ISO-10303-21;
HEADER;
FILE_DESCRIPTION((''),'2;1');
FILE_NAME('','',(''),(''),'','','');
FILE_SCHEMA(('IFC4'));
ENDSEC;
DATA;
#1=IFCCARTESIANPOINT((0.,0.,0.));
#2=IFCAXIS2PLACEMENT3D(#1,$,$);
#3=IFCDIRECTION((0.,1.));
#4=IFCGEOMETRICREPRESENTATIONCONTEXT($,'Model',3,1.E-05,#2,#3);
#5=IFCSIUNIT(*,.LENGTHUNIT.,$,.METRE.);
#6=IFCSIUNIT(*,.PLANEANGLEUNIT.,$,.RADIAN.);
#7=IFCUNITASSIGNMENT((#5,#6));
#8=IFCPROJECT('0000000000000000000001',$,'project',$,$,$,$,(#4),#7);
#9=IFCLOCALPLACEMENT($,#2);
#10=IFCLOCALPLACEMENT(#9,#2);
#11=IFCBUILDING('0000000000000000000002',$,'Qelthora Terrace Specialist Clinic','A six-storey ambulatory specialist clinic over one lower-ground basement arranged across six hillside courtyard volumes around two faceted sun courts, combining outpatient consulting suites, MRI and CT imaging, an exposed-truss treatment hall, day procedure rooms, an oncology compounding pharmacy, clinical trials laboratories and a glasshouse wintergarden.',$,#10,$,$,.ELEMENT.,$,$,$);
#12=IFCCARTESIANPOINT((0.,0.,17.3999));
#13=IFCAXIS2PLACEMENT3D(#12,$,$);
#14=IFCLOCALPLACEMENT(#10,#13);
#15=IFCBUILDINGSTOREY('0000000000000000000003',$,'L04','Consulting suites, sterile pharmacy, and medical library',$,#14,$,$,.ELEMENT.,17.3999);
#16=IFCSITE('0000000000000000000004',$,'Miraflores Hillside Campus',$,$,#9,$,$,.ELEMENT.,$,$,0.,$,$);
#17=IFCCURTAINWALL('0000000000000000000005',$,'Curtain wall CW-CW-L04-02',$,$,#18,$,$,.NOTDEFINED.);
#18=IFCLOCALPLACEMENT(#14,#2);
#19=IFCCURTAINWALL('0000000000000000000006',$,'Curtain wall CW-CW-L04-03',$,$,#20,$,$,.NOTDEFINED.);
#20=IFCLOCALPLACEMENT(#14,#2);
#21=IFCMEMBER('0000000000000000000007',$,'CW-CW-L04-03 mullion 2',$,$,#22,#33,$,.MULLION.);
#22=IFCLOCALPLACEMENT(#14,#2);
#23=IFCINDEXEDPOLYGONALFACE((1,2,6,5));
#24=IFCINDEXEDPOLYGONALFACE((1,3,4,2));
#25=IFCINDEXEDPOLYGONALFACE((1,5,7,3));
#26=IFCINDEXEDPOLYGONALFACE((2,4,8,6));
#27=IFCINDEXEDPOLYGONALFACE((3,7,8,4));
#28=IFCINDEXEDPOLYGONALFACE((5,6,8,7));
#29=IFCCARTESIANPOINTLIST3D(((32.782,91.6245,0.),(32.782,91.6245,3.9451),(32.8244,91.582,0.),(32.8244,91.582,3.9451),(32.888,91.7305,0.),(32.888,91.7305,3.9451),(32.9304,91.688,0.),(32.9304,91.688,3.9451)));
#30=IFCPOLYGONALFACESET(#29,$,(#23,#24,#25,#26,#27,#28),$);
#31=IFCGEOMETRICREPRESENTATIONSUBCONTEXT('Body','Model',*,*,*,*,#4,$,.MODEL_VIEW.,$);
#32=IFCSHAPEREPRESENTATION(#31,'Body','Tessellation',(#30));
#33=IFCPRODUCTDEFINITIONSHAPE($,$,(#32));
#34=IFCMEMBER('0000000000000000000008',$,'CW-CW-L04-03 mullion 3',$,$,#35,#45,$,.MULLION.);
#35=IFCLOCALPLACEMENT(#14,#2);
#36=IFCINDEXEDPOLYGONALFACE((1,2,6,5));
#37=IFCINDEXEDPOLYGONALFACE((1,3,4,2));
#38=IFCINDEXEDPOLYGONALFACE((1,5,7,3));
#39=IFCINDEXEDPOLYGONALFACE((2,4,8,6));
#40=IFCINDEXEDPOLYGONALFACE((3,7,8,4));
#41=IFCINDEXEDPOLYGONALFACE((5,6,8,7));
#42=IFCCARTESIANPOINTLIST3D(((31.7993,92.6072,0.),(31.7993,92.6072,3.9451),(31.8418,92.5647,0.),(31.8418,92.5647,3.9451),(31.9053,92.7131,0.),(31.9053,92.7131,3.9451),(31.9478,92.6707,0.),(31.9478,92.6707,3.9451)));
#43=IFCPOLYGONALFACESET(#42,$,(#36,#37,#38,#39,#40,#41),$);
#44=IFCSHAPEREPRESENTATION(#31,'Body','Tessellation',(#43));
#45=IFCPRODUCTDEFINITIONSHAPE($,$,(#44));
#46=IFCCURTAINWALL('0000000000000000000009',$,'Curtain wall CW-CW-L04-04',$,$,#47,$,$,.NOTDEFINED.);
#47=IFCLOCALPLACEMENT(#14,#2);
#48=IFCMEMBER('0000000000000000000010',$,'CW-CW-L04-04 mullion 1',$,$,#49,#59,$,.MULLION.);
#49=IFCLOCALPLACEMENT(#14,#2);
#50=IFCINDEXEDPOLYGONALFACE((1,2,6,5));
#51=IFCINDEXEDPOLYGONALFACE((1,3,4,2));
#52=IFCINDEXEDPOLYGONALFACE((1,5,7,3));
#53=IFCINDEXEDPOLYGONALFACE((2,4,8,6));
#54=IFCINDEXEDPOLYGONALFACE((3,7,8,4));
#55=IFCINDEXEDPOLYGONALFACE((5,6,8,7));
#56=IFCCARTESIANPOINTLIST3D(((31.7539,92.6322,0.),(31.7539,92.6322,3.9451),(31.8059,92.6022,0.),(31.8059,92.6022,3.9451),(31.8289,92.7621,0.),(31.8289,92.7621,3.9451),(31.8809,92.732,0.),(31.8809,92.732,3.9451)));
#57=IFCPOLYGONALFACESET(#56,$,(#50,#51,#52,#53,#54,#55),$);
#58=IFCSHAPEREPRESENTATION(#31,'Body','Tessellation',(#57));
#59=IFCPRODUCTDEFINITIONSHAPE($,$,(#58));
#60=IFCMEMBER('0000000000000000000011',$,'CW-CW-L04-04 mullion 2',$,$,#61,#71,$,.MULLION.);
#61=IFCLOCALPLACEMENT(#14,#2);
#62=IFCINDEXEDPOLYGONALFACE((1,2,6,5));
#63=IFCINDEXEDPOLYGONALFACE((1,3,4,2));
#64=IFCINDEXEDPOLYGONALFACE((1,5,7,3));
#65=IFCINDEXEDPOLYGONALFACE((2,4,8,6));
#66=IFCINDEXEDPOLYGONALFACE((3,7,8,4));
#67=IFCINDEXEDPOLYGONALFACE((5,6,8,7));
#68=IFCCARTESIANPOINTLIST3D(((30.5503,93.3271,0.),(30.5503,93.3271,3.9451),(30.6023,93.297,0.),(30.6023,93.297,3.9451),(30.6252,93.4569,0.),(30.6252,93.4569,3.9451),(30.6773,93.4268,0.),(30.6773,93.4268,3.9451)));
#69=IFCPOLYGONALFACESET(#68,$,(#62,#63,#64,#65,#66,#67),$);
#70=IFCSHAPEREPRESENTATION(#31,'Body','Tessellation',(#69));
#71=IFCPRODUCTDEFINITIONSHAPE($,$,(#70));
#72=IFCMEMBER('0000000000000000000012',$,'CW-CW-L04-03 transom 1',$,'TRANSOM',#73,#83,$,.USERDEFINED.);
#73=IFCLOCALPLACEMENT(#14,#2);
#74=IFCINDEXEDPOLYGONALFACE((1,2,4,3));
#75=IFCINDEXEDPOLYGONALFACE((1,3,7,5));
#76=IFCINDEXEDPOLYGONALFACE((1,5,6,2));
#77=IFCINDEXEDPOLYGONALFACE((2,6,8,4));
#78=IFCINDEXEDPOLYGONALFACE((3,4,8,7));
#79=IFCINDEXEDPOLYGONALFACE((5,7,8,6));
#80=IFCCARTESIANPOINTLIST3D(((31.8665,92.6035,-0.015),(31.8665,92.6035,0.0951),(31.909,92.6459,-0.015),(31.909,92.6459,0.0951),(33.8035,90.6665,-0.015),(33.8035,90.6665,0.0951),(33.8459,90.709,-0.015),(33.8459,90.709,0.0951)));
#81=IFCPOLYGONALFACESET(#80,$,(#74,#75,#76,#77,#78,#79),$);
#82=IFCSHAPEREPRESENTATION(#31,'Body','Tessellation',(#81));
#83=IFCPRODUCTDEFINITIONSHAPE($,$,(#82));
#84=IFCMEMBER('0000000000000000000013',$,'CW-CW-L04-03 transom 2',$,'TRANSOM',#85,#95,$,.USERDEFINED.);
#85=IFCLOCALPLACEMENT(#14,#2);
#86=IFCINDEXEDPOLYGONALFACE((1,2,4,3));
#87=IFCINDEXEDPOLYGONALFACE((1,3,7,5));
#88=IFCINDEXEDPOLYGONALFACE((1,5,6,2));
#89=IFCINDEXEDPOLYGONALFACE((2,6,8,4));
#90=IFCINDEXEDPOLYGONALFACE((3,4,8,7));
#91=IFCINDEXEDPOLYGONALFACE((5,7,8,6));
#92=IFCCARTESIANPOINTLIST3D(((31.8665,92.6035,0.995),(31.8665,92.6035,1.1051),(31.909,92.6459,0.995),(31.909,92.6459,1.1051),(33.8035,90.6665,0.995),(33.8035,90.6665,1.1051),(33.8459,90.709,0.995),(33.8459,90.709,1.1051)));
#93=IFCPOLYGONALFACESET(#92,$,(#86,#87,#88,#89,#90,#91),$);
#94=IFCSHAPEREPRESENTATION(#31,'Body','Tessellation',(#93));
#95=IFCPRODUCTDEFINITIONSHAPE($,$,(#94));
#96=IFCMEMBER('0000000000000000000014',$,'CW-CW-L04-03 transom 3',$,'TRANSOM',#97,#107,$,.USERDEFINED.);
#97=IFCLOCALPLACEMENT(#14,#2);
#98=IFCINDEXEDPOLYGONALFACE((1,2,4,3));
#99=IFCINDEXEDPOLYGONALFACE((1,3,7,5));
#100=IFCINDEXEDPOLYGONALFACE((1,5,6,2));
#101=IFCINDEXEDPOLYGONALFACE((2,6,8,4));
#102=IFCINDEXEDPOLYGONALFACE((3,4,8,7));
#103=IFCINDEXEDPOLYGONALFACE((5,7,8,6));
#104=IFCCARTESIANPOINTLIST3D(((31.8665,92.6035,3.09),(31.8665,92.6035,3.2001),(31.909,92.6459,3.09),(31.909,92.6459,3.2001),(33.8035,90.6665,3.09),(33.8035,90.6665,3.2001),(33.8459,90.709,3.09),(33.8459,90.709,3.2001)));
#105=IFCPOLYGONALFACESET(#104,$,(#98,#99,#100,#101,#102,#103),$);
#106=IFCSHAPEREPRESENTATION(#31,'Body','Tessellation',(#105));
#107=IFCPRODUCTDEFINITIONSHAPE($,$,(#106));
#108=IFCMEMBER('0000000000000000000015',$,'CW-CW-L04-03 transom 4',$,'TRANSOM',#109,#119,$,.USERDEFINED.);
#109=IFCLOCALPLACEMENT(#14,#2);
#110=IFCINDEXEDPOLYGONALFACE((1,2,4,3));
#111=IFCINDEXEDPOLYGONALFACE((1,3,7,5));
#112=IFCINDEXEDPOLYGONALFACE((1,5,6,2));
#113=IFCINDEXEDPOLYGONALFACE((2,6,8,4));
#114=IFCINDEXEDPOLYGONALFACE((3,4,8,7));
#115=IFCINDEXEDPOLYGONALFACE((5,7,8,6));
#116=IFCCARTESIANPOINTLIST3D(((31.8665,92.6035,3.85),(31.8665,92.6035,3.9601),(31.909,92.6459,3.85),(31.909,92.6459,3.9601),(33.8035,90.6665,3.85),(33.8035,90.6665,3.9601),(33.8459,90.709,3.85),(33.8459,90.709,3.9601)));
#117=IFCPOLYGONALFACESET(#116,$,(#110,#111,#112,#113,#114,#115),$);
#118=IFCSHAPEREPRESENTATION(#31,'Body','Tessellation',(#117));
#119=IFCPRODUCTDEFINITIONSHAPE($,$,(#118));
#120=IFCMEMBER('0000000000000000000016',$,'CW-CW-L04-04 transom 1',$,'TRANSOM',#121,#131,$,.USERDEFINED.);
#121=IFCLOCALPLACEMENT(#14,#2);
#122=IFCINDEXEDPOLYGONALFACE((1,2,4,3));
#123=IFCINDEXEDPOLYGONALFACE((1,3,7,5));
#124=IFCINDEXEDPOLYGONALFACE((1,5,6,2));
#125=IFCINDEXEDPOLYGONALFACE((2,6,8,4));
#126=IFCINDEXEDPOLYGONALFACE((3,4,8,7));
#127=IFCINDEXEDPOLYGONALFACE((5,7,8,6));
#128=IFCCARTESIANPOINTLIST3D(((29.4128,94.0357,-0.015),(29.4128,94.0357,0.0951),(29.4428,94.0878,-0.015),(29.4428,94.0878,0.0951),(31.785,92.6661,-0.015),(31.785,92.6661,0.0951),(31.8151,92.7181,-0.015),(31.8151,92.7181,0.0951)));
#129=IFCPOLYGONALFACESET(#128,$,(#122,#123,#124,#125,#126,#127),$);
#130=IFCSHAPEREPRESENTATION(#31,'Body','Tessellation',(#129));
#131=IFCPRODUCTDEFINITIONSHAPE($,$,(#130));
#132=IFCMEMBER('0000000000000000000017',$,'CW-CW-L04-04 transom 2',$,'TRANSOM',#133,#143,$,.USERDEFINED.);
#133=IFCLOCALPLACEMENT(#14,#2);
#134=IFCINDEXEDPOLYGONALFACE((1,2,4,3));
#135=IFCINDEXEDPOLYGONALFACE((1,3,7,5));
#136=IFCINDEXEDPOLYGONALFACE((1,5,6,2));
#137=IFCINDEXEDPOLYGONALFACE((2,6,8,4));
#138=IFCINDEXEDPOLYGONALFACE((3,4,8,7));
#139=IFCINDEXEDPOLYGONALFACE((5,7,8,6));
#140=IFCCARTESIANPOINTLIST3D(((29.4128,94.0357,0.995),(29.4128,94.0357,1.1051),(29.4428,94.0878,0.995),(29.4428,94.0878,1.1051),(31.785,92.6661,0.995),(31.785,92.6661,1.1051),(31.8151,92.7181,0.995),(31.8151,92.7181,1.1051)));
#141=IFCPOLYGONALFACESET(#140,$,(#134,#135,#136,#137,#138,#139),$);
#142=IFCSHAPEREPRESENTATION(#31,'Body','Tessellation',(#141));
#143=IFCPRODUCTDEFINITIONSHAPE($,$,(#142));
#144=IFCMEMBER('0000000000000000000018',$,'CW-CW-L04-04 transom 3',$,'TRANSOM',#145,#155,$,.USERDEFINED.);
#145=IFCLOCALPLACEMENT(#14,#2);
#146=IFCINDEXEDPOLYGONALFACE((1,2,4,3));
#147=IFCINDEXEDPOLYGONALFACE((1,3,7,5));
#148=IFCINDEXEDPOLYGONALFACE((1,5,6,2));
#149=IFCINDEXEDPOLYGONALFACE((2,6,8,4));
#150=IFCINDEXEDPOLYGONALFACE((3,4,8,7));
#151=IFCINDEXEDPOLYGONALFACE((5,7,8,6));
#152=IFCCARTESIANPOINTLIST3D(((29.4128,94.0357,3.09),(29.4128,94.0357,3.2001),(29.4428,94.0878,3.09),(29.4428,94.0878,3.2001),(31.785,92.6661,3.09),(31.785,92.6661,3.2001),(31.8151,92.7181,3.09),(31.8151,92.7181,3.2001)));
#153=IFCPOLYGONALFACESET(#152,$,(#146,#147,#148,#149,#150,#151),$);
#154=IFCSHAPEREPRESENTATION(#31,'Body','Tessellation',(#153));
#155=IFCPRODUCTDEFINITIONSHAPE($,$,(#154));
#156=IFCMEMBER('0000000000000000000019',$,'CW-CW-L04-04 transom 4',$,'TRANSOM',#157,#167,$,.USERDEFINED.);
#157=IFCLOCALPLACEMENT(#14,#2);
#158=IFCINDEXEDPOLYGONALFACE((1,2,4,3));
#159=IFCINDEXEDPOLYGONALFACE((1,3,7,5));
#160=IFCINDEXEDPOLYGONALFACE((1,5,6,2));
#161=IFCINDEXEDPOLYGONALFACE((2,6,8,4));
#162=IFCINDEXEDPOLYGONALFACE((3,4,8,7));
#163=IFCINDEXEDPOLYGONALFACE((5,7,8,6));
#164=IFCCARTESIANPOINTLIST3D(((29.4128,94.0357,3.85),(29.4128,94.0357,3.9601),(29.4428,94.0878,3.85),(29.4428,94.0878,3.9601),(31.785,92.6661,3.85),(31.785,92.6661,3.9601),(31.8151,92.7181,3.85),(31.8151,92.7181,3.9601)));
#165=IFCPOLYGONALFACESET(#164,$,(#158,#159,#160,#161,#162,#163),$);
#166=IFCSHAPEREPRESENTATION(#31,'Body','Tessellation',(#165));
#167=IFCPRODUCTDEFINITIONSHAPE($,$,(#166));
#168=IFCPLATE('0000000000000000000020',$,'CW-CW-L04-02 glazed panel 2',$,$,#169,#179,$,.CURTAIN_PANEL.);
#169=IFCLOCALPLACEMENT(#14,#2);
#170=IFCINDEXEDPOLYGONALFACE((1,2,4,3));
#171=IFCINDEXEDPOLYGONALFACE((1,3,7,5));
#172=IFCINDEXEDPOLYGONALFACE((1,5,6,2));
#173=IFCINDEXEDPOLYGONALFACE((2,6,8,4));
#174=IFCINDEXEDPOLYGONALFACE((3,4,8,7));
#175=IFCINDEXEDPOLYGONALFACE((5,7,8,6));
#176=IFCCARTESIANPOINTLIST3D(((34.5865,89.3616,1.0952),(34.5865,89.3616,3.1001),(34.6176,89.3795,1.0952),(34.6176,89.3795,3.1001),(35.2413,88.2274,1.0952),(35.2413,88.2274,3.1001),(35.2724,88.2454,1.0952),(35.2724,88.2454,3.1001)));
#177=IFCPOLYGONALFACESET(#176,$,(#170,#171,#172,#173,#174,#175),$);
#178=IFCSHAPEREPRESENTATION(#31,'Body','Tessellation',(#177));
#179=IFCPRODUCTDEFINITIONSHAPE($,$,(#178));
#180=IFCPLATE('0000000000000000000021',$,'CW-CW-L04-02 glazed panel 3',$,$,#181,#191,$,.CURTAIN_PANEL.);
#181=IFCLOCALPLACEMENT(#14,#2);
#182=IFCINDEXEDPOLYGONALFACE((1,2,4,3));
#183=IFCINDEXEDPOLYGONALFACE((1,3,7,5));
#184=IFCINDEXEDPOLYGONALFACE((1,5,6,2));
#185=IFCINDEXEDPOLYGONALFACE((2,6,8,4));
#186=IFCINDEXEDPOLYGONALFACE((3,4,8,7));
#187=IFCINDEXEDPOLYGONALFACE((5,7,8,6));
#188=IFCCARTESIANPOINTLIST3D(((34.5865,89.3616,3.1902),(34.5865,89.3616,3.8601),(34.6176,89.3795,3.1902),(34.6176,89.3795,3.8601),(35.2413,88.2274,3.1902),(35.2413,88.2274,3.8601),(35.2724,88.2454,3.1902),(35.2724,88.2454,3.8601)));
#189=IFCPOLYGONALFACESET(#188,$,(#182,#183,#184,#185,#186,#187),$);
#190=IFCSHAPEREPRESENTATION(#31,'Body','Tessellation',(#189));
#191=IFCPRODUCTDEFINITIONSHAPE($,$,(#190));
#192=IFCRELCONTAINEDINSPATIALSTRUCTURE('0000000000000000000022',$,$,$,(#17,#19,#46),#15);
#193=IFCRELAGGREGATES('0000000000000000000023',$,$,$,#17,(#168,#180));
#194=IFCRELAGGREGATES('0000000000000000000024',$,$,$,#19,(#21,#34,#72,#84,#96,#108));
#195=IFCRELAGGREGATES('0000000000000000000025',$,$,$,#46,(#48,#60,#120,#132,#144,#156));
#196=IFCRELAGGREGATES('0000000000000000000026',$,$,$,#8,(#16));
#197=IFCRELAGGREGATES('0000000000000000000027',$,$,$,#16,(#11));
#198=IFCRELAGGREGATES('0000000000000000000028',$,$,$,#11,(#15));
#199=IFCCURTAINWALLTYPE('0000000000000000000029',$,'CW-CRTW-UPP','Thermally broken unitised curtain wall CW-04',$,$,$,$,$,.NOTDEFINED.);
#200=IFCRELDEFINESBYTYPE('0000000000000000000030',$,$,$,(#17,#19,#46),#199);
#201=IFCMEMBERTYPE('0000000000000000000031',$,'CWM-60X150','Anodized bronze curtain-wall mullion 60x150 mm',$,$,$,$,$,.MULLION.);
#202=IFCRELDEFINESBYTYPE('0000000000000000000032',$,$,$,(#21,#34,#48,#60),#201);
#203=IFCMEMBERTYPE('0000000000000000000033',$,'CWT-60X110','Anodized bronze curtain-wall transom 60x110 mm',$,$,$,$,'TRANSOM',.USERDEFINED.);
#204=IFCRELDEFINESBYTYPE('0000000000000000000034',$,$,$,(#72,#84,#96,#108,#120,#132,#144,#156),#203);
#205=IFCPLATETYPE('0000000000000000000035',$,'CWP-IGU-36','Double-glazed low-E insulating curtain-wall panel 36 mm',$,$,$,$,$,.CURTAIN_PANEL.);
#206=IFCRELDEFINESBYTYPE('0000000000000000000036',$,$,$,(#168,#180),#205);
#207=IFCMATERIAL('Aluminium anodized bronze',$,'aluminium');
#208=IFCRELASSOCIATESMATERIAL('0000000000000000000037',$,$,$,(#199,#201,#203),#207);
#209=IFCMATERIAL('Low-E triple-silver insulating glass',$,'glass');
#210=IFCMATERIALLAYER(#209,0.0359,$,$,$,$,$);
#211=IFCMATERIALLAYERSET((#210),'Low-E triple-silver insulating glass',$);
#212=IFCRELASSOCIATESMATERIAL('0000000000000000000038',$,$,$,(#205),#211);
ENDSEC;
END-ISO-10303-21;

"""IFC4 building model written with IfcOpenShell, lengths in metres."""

from ifc_helpers import new_model, si_unit, direction, frame, origin, origin_2d, place, context, subcontext, project, spatial, rectangle, extrude, material, layer, layer_set, material_profile, profile_set, type_object, element, aggregate, save


model = new_model("IFC4")

# Units and contexts
model_context = context("Model", 3, precision=1e-05, world=origin(), true_north=direction((0.0, 1.0)))
body_context = subcontext(model_context, "Body", "Model", "MODEL_VIEW")
ifc_project = project(units=[si_unit("LENGTHUNIT", "METRE"), si_unit("PLANEANGLEUNIT", "RADIAN")], contexts=[model_context])

# Site, building, storey
site_placement = place(None, origin())
site = spatial("IfcSite", under=ifc_project, at=site_placement, Name="Miraflores Hillside Campus", CompositionType="ELEMENT", RefElevation=0.0)
building_placement = place(site_placement, origin())
building = spatial("IfcBuilding", under=site, at=building_placement, Name="Qelthora Terrace Specialist Clinic", Description="A six-storey ambulatory specialist clinic over one lower-ground basement arranged across six hillside courtyard volumes around two faceted sun courts, combining outpatient consulting suites, MRI and CT imaging, an exposed-truss treatment hall, day procedure rooms, an oncology compounding pharmacy, clinical trials laboratories and a glasshouse wintergarden.", CompositionType="ELEMENT")
storey_placement = place(building_placement, frame((0.0, 0.0, 17.3999)))
storey = spatial("IfcBuildingStorey", under=building, at=storey_placement, Name="L04", Description="Consulting suites, sterile pharmacy, and medical library", CompositionType="ELEMENT", Elevation=17.3999)

# Curtain walls, members
ifc_material_1 = material(Name="Aluminium anodized bronze", Category="aluminium")
curtain_wall_type = type_object("IfcCurtainWallType", Name="CW-CRTW-UPP", Description="Thermally broken unitised curtain wall CW-04", PredefinedType="NOTDEFINED", material=ifc_material_1)
curtain_wall_1_placement = place(storey_placement, origin())
curtain_wall_1 = element("IfcCurtainWall", 1, at=curtain_wall_1_placement, inside=storey, type_object=curtain_wall_type, Name="Curtain wall CW-CW-L04-02", PredefinedType="NOTDEFINED")
ifc_material_profile_1 = material_profile(ifc_material_1, rectangle(XDim=0.0601, YDim=0.1499, at=origin_2d()), Name="CWM60X150")
ifc_profile_set_1 = profile_set([ifc_material_profile_1], Name="Aluminium anodized bronze")
member_type_1 = type_object("IfcMemberType", Name="CWM-60X150", Description="Anodized bronze curtain-wall mullion 60x150 mm", PredefinedType="MULLION", material=ifc_profile_set_1)
curtain_wall_2_placement = place(storey_placement, origin())
curtain_wall_2 = element("IfcCurtainWall", 2, at=curtain_wall_2_placement, inside=storey, type_object=curtain_wall_type, Name="Curtain wall CW-CW-L04-03", PredefinedType="NOTDEFINED")
member_1_placement = place(storey_placement, frame((32.8562, 91.6562, 0.0), z_axis=(0.0, 0.0, 1.0), x_axis=(-0.707107, 0.707107, 0.0)))
member_1 = element("IfcMember", 3, at=member_1_placement, type_object=member_type_1, Name="CW-CW-L04-03 mullion 2", PredefinedType="MULLION", context=body_context, shape_type="SweptSolid", body=[
    extrude(rectangle(XDim=0.0601, YDim=0.1499, at=origin_2d()), origin(), (0.0, 0.0, 1.0), 3.9451),
])
member_2_placement = place(storey_placement, frame((31.8735, 92.6389, 0.0), z_axis=(0.0, 0.0, 1.0), x_axis=(-0.707107, 0.707107, 0.0)))
member_2 = element("IfcMember", 4, at=member_2_placement, type_object=member_type_1, Name="CW-CW-L04-03 mullion 3", PredefinedType="MULLION", context=body_context, shape_type="SweptSolid", body=[
    extrude(rectangle(XDim=0.0601, YDim=0.1499, at=origin_2d()), origin(), (0.0, 0.0, 1.0), 3.9451),
])
curtain_wall_3_placement = place(storey_placement, origin())
curtain_wall_3 = element("IfcCurtainWall", 5, at=curtain_wall_3_placement, inside=storey, type_object=curtain_wall_type, Name="Curtain wall CW-CW-L04-04", PredefinedType="NOTDEFINED")
member_3_placement = place(storey_placement, frame((31.8174, 92.6821, 0.0), z_axis=(0.0, 0.0, 1.0), x_axis=(-0.866026, 0.5, 0.0)))
member_3 = element("IfcMember", 6, at=member_3_placement, type_object=member_type_1, Name="CW-CW-L04-04 mullion 1", PredefinedType="MULLION", context=body_context, shape_type="SweptSolid", body=[
    extrude(rectangle(XDim=0.0601, YDim=0.1499, at=origin_2d()), origin(), (0.0, 0.0, 1.0), 3.9451),
])
member_4_placement = place(storey_placement, frame((30.6138, 93.377, 0.0), z_axis=(0.0, 0.0, 1.0), x_axis=(-0.866026, 0.5, 0.0)))
member_4 = element("IfcMember", 7, at=member_4_placement, type_object=member_type_1, Name="CW-CW-L04-04 mullion 2", PredefinedType="MULLION", context=body_context, shape_type="SweptSolid", body=[
    extrude(rectangle(XDim=0.0601, YDim=0.1499, at=origin_2d()), origin(), (0.0, 0.0, 1.0), 3.9451),
])

# Members
ifc_material_profile_2 = material_profile(ifc_material_1, rectangle(XDim=0.0601, YDim=0.1101, at=origin_2d()), Name="CWT60X110")
ifc_profile_set_2 = profile_set([ifc_material_profile_2], Name="Aluminium anodized bronze")
member_type_2 = type_object("IfcMemberType", Name="CWT-60X110", Description="Anodized bronze curtain-wall transom 60x110 mm", ElementType="TRANSOM", PredefinedType="USERDEFINED", material=ifc_profile_set_2)
member_5_placement = place(storey_placement, frame((33.8247, 90.6877, 0.04), z_axis=(-0.707107, 0.707107, 0.0), x_axis=(-0.707107, -0.707107, 0.0)))
member_5 = element("IfcMember", 8, at=member_5_placement, type_object=member_type_2, Name="CW-CW-L04-03 transom 1", ObjectType="TRANSOM", PredefinedType="USERDEFINED", context=body_context, shape_type="SweptSolid", body=[
    extrude(rectangle(XDim=0.0601, YDim=0.1101, at=origin_2d()), origin(), (0.0, 0.0, 1.0), 2.7393),
])
member_6_placement = place(storey_placement, frame((33.8247, 90.6877, 1.05), z_axis=(-0.707107, 0.707107, 0.0), x_axis=(-0.707107, -0.707107, 0.0)))
member_6 = element("IfcMember", 9, at=member_6_placement, type_object=member_type_2, Name="CW-CW-L04-03 transom 2", ObjectType="TRANSOM", PredefinedType="USERDEFINED", context=body_context, shape_type="SweptSolid", body=[
    extrude(rectangle(XDim=0.0601, YDim=0.1101, at=origin_2d()), origin(), (0.0, 0.0, 1.0), 2.7393),
])
member_7_placement = place(storey_placement, frame((33.8247, 90.6877, 3.145), z_axis=(-0.707107, 0.707107, 0.0), x_axis=(-0.707107, -0.707107, 0.0)))
member_7 = element("IfcMember", 10, at=member_7_placement, type_object=member_type_2, Name="CW-CW-L04-03 transom 3", ObjectType="TRANSOM", PredefinedType="USERDEFINED", context=body_context, shape_type="SweptSolid", body=[
    extrude(rectangle(XDim=0.0601, YDim=0.1101, at=origin_2d()), origin(), (0.0, 0.0, 1.0), 2.7393),
])
member_8_placement = place(storey_placement, frame((33.8247, 90.6877, 3.905), z_axis=(-0.707107, 0.707107, 0.0), x_axis=(-0.707107, -0.707107, 0.0)))
member_8 = element("IfcMember", 11, at=member_8_placement, type_object=member_type_2, Name="CW-CW-L04-03 transom 4", ObjectType="TRANSOM", PredefinedType="USERDEFINED", context=body_context, shape_type="SweptSolid", body=[
    extrude(rectangle(XDim=0.0601, YDim=0.1101, at=origin_2d()), origin(), (0.0, 0.0, 1.0), 2.7393),
])
member_9_placement = place(storey_placement, frame((31.8, 92.6921, 0.04), z_axis=(-0.86603, 0.499992, 0.0), x_axis=(-0.499992, -0.86603, 0.0)))
member_9 = element("IfcMember", 12, at=member_9_placement, type_object=member_type_2, Name="CW-CW-L04-04 transom 1", ObjectType="TRANSOM", PredefinedType="USERDEFINED", context=body_context, shape_type="SweptSolid", body=[
    extrude(rectangle(XDim=0.0601, YDim=0.1101, at=origin_2d()), origin(), (0.0, 0.0, 1.0), 2.7393),
])
member_10_placement = place(storey_placement, frame((31.8, 92.6921, 1.05), z_axis=(-0.86603, 0.499992, 0.0), x_axis=(-0.499992, -0.86603, 0.0)))
member_10 = element("IfcMember", 13, at=member_10_placement, type_object=member_type_2, Name="CW-CW-L04-04 transom 2", ObjectType="TRANSOM", PredefinedType="USERDEFINED", context=body_context, shape_type="SweptSolid", body=[
    extrude(rectangle(XDim=0.0601, YDim=0.1101, at=origin_2d()), origin(), (0.0, 0.0, 1.0), 2.7393),
])
member_11_placement = place(storey_placement, frame((31.8, 92.6921, 3.145), z_axis=(-0.86603, 0.499992, 0.0), x_axis=(-0.499992, -0.86603, 0.0)))
member_11 = element("IfcMember", 14, at=member_11_placement, type_object=member_type_2, Name="CW-CW-L04-04 transom 3", ObjectType="TRANSOM", PredefinedType="USERDEFINED", context=body_context, shape_type="SweptSolid", body=[
    extrude(rectangle(XDim=0.0601, YDim=0.1101, at=origin_2d()), origin(), (0.0, 0.0, 1.0), 2.7393),
])
member_12_placement = place(storey_placement, frame((31.8, 92.6921, 3.905), z_axis=(-0.86603, 0.499992, 0.0), x_axis=(-0.499992, -0.86603, 0.0)))
member_12 = element("IfcMember", 15, at=member_12_placement, type_object=member_type_2, Name="CW-CW-L04-04 transom 4", ObjectType="TRANSOM", PredefinedType="USERDEFINED", context=body_context, shape_type="SweptSolid", body=[
    extrude(rectangle(XDim=0.0601, YDim=0.1101, at=origin_2d()), origin(), (0.0, 0.0, 1.0), 2.7393),
])

# Plates
ifc_material_2 = material(Name="Low-E triple-silver insulating glass", Category="glass")
ifc_layer_1 = layer(ifc_material_2, 0.0359)
ifc_layer_set_1 = layer_set([ifc_layer_1], Name="Low-E triple-silver insulating glass")
plate_type = type_object("IfcPlateType", Name="CWP-IGU-36", Description="Double-glazed low-E insulating curtain-wall panel 36 mm", PredefinedType="CURTAIN_PANEL", material=ifc_layer_set_1)
plate_1_placement = place(storey_placement, frame((34.9294, 88.8035, 1.0952), z_axis=(0.0, 0.0, 1.0), x_axis=(-0.5, 0.866025, 0.0)))
plate_1 = element("IfcPlate", 16, at=plate_1_placement, type_object=plate_type, Name="CW-CW-L04-02 glazed panel 2", PredefinedType="CURTAIN_PANEL", context=body_context, shape_type="SweptSolid", body=[
    extrude(rectangle(XDim=1.3096, YDim=0.0359, at=origin_2d()), origin(), (0.0, 0.0, 1.0), 2.0049),
])
plate_2_placement = place(storey_placement, frame((34.9294, 88.8035, 3.1902), z_axis=(0.0, 0.0, 1.0), x_axis=(-0.5, 0.866025, 0.0)))
plate_2 = element("IfcPlate", 17, at=plate_2_placement, type_object=plate_type, Name="CW-CW-L04-02 glazed panel 3", PredefinedType="CURTAIN_PANEL", context=body_context, shape_type="SweptSolid", body=[
    extrude(rectangle(XDim=1.3096, YDim=0.0359, at=origin_2d()), origin(), (0.0, 0.0, 1.0), 0.6699),
])
aggregate(curtain_wall_1, [plate_1, plate_2])
aggregate(curtain_wall_2, [member_1, member_2, member_5, member_6, member_7, member_8])
aggregate(curtain_wall_3, [member_3, member_4, member_9, member_10, member_11, member_12])

save(model, "model.ifc")
